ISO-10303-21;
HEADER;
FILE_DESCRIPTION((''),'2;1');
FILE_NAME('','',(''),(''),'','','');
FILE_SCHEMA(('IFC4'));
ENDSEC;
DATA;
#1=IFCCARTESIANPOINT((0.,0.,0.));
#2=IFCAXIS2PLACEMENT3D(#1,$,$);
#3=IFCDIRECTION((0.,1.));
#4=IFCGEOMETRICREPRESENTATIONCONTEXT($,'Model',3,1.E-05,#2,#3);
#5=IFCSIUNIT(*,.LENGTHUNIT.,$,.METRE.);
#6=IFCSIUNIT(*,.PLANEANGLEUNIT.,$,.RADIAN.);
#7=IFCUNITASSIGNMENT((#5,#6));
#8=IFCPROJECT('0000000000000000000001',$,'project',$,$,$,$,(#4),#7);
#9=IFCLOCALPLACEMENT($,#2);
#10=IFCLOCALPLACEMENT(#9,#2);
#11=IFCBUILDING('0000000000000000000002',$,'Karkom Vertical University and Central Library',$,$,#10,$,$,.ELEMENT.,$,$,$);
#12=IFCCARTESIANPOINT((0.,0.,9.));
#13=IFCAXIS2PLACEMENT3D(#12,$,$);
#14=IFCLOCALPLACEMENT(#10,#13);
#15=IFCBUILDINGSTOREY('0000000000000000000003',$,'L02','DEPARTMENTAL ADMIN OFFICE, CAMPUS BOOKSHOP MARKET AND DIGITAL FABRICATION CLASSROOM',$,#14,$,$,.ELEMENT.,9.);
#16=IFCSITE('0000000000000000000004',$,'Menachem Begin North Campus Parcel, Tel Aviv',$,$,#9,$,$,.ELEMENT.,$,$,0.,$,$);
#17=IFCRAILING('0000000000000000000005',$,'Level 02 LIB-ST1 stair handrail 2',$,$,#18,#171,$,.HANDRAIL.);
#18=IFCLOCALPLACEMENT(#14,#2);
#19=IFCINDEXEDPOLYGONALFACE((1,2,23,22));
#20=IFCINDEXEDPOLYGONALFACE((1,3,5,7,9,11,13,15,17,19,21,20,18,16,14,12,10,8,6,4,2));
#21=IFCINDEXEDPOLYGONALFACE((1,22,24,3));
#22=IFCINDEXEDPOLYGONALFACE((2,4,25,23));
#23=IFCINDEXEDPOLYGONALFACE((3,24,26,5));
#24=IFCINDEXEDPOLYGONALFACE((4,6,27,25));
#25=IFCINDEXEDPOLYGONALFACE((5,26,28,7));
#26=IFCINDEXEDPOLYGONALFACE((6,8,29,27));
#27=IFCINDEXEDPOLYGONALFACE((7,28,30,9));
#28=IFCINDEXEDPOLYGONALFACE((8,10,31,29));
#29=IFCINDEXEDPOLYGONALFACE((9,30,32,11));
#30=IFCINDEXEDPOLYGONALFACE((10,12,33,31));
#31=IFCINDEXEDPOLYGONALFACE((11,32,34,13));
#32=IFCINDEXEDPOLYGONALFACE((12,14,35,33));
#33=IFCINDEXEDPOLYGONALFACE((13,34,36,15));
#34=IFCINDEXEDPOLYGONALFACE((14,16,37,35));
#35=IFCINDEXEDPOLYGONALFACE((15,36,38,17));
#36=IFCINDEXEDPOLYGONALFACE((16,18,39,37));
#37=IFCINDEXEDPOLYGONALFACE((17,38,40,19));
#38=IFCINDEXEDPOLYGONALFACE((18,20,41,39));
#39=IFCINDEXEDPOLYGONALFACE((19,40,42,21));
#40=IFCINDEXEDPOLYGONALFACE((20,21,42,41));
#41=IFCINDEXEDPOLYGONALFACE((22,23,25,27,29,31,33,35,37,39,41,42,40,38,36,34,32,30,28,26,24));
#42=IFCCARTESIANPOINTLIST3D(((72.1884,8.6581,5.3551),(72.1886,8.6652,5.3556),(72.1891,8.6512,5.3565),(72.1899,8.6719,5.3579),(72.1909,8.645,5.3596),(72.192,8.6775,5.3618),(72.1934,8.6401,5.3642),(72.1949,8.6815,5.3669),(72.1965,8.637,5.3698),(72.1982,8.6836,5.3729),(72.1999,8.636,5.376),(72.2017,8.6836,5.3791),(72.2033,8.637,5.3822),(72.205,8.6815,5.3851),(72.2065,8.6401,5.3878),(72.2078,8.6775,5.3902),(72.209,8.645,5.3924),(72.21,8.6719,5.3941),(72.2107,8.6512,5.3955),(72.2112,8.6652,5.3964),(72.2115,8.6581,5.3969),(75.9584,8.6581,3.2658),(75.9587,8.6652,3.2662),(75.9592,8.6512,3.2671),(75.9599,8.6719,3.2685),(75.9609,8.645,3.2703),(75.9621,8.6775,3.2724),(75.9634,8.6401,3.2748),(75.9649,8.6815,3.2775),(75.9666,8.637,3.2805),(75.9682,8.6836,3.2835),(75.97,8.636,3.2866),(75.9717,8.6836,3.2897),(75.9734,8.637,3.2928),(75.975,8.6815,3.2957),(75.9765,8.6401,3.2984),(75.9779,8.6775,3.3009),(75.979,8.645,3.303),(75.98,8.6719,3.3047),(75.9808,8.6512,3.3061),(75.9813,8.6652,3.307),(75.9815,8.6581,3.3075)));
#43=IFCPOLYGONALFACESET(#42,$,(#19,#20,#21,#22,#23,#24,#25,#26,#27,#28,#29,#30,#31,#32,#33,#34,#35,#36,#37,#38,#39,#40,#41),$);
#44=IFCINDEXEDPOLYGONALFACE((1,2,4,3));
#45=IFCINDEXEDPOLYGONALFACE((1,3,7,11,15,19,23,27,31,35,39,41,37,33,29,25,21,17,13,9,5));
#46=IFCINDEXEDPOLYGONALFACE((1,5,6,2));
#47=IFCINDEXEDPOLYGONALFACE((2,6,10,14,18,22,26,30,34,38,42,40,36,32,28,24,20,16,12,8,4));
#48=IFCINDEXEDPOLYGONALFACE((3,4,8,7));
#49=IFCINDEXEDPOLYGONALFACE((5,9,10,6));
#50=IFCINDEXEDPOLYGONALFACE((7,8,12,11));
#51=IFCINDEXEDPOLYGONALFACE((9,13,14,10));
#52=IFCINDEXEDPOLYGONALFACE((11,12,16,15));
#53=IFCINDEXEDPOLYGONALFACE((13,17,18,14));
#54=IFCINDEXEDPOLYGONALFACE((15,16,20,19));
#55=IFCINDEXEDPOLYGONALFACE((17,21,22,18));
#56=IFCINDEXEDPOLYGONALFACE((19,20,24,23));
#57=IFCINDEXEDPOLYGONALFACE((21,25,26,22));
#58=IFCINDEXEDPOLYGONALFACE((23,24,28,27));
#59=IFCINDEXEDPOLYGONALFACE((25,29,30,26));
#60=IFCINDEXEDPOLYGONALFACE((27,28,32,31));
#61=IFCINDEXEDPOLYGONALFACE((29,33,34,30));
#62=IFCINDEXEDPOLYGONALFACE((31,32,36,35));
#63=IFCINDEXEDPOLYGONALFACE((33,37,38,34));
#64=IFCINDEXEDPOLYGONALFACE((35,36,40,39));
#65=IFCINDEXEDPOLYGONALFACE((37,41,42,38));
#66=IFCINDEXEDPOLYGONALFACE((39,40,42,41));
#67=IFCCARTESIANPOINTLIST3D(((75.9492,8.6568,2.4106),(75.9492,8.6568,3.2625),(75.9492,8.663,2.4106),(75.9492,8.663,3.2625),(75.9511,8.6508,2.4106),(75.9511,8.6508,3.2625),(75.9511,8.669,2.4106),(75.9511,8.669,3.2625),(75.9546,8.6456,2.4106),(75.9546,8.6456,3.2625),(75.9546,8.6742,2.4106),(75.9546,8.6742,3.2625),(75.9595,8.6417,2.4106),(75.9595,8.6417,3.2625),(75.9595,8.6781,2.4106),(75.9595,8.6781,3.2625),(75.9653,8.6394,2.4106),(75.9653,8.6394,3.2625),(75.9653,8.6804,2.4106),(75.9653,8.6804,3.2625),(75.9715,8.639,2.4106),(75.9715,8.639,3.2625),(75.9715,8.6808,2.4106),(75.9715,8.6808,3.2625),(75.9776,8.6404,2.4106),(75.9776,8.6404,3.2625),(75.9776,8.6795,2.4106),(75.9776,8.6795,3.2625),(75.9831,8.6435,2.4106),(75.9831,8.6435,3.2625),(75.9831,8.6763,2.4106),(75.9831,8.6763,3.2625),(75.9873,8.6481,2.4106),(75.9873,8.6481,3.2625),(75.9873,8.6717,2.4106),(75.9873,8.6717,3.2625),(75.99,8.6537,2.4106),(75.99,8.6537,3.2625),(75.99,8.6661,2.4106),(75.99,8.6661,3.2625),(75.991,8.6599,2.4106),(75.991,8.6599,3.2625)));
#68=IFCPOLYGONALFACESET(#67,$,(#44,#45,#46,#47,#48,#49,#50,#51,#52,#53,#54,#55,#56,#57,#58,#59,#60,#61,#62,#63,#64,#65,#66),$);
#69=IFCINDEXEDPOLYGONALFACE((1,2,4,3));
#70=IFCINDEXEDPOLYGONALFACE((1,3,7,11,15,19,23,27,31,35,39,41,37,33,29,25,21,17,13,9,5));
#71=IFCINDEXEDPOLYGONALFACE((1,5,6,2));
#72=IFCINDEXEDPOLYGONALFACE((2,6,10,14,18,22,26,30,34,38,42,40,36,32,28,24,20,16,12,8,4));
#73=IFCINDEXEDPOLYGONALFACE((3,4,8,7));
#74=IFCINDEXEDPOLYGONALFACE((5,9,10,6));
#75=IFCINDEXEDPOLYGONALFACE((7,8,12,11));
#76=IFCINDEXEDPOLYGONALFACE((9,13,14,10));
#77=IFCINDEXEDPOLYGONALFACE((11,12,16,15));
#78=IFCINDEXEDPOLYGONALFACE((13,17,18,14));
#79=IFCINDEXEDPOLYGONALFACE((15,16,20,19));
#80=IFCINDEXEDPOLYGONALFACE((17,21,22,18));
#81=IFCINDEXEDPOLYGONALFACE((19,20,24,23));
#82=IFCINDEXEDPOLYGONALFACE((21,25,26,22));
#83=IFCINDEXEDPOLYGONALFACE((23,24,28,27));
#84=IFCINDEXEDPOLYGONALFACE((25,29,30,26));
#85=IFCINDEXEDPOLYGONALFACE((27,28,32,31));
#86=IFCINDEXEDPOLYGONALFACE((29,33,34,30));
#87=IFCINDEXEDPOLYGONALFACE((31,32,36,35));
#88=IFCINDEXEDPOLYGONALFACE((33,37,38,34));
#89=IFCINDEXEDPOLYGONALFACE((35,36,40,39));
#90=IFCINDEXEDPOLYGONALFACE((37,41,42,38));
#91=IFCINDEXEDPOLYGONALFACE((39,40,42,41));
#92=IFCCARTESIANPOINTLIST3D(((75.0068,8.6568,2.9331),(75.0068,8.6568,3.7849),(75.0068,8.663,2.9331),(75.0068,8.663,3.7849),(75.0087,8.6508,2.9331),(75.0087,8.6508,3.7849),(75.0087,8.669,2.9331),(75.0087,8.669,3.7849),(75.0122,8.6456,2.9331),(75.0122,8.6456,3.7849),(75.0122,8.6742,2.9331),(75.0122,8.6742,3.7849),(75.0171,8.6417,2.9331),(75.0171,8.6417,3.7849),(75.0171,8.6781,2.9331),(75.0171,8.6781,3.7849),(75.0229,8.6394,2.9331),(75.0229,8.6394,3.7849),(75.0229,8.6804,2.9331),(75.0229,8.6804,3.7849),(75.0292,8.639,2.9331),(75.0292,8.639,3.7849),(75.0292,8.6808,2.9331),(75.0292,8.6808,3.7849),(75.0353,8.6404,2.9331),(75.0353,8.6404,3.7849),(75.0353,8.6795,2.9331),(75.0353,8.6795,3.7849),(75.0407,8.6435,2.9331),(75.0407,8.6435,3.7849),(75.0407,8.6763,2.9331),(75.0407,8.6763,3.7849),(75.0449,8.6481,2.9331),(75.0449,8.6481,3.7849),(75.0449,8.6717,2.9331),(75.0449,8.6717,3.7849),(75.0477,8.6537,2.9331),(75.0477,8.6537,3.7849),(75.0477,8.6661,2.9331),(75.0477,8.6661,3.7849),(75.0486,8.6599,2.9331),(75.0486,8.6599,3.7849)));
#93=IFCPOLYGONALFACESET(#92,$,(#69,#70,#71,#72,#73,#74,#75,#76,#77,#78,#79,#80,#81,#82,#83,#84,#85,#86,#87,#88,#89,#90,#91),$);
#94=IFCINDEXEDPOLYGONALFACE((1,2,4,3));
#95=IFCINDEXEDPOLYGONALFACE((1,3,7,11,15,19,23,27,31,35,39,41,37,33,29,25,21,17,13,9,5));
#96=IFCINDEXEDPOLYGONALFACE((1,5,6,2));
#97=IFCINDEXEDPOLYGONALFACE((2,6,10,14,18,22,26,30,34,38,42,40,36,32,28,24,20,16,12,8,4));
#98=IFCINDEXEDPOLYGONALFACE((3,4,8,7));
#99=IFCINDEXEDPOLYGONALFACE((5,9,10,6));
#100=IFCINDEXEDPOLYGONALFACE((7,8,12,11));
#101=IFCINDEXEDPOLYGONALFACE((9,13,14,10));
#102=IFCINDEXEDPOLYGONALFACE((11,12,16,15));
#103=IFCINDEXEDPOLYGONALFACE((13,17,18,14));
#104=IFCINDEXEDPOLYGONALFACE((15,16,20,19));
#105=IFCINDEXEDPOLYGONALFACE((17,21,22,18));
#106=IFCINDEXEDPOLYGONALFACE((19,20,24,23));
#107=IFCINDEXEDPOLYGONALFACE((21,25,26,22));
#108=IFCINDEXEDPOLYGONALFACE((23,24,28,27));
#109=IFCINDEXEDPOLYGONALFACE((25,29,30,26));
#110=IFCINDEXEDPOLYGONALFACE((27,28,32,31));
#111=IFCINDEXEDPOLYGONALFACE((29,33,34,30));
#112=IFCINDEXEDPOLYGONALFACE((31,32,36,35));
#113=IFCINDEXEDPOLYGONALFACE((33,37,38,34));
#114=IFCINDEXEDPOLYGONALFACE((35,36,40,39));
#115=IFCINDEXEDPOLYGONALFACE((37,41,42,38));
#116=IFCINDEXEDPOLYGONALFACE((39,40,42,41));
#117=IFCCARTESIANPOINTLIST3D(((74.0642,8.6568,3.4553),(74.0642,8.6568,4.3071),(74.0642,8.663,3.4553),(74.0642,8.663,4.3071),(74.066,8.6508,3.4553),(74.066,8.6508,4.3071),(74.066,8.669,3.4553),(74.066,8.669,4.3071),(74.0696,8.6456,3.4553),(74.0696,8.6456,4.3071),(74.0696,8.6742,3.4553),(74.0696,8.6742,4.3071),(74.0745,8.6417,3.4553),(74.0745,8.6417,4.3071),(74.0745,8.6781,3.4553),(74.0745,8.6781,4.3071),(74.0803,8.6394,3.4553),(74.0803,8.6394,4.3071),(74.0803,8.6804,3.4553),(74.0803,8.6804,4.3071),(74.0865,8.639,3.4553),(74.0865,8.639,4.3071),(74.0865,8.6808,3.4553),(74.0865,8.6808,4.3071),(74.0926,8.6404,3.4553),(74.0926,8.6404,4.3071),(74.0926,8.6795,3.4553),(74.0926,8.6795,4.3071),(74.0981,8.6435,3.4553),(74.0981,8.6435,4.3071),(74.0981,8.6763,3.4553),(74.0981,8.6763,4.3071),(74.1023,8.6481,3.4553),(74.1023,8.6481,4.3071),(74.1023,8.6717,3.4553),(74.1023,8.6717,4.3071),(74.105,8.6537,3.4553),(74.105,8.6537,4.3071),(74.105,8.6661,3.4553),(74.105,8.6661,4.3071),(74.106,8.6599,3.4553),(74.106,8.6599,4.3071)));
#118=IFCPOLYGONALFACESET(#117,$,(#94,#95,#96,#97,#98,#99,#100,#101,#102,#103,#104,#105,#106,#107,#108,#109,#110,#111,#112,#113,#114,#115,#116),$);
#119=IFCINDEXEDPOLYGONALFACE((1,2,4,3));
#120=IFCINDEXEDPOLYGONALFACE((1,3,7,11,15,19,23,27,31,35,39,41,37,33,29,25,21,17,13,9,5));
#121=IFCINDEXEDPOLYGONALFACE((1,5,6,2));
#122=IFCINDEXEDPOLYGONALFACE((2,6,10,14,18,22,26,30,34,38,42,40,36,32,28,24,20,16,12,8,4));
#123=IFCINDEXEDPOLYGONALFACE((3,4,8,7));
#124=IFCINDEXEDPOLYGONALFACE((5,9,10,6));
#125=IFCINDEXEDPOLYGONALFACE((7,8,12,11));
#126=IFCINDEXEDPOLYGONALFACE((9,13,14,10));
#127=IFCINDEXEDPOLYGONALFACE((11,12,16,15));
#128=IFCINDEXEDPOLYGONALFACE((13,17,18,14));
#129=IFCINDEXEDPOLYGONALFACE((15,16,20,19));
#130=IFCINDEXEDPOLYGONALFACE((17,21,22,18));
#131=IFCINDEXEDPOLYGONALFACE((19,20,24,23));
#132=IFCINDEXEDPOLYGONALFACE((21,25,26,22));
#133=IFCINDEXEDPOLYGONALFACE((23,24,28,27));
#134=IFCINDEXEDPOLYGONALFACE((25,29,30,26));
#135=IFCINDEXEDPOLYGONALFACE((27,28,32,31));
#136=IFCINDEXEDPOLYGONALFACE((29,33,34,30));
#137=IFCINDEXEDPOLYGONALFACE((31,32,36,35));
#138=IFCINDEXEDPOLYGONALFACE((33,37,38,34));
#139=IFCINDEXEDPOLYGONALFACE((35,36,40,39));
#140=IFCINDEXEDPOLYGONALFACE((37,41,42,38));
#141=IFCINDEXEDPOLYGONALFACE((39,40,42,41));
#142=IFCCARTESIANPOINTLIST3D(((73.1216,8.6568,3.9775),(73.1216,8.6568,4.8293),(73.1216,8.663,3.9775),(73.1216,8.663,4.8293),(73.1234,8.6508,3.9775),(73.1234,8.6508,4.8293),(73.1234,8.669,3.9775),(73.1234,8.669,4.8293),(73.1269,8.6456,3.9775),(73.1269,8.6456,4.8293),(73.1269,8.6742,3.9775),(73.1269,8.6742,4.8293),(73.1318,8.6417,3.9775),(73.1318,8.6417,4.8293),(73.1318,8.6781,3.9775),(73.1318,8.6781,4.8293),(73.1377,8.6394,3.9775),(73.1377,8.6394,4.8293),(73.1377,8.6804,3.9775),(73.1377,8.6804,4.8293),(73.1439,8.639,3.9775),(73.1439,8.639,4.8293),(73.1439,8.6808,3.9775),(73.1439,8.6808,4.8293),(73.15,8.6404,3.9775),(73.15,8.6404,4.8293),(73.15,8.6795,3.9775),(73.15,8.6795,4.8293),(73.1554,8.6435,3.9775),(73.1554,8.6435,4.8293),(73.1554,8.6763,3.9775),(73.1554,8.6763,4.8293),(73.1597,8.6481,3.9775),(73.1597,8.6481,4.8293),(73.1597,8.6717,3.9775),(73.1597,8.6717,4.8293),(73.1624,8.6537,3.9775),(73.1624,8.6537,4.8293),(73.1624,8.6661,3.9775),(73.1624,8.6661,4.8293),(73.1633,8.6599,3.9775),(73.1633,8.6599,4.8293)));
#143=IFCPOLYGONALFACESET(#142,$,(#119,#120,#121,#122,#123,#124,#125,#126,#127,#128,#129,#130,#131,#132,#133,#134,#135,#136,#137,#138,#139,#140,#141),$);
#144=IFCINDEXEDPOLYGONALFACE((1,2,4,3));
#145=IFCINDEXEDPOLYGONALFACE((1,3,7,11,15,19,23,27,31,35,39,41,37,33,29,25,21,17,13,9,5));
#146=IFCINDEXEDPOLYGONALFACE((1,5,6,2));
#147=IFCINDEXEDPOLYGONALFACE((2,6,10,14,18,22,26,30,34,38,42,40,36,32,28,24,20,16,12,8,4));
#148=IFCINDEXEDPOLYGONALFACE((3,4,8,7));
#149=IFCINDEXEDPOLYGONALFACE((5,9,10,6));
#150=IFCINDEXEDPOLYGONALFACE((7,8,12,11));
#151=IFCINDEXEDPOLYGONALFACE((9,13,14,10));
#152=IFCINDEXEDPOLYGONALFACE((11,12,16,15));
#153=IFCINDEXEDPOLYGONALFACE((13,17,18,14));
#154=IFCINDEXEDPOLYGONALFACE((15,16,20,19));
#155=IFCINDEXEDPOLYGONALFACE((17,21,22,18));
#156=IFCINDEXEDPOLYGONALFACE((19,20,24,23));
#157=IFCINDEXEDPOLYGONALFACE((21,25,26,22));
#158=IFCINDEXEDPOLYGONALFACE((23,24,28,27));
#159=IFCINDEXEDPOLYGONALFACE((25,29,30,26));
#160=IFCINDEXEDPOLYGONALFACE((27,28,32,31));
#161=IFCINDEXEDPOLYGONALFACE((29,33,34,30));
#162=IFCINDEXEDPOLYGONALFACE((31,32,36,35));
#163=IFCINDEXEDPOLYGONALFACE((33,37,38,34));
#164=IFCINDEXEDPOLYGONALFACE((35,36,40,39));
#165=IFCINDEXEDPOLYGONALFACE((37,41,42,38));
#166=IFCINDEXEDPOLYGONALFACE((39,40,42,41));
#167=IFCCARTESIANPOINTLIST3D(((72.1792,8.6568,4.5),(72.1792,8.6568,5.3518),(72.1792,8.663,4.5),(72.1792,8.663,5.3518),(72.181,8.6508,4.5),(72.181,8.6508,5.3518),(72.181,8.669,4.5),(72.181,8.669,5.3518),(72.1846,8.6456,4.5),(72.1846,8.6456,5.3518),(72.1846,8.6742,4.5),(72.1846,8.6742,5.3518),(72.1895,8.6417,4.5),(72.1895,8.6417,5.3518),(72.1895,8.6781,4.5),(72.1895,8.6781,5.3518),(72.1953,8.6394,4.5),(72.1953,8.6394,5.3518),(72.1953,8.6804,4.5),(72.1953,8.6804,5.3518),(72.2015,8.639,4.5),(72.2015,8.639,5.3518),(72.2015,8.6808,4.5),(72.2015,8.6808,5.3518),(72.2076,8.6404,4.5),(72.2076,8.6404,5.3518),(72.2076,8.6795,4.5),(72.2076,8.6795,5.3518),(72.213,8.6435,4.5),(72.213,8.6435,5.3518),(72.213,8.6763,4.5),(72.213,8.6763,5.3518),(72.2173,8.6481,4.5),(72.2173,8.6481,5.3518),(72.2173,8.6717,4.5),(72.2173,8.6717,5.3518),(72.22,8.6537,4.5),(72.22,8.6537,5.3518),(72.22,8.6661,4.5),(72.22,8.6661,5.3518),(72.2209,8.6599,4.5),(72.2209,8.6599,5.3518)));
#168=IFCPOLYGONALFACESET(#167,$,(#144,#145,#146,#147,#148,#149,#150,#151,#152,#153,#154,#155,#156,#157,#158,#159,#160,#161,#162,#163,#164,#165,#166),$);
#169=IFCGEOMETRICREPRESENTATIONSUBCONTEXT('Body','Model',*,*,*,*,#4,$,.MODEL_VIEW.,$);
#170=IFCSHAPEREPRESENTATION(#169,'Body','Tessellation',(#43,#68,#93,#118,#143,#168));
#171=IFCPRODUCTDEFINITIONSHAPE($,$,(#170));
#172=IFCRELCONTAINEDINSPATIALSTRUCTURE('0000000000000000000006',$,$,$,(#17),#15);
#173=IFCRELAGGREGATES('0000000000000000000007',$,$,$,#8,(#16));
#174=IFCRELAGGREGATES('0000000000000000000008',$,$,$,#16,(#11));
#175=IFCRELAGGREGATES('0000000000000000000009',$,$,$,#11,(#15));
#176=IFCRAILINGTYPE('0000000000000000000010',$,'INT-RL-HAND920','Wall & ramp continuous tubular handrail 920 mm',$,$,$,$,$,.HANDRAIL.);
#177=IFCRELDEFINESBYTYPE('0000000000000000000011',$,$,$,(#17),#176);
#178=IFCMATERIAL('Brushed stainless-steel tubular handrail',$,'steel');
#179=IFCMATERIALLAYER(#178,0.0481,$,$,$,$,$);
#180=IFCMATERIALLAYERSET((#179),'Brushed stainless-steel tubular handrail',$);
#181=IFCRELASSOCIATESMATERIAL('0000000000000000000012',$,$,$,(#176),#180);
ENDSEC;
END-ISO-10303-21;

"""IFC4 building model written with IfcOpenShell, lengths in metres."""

from ifc_helpers import new_model, si_unit, direction, frame, origin, origin_2d, place, context, subcontext, project, spatial, circle, extrude, material, layer, layer_set, type_object, element, save


model = new_model("IFC4")

# Units and contexts
model_context = context("Model", 3, precision=1e-05, world=origin(), true_north=direction((0.0, 1.0)))
body_context = subcontext(model_context, "Body", "Model", "MODEL_VIEW")
ifc_project = project(units=[si_unit("LENGTHUNIT", "METRE"), si_unit("PLANEANGLEUNIT", "RADIAN")], contexts=[model_context])

# Site, building, storey
site_placement = place(None, origin())
site = spatial("IfcSite", under=ifc_project, at=site_placement, Name="Menachem Begin North Campus Parcel, Tel Aviv", CompositionType="ELEMENT", RefElevation=0.0)
building_placement = place(site_placement, origin())
building = spatial("IfcBuilding", under=site, at=building_placement, Name="Karkom Vertical University and Central Library", CompositionType="ELEMENT")
storey_placement = place(building_placement, frame((0.0, 0.0, 9.0)))
storey = spatial("IfcBuildingStorey", under=building, at=storey_placement, Name="L02", Description="DEPARTMENTAL ADMIN OFFICE, CAMPUS BOOKSHOP MARKET AND DIGITAL FABRICATION CLASSROOM", CompositionType="ELEMENT", Elevation=9.0)

# Railing
ifc_material_1 = material(Name="Brushed stainless-steel tubular handrail", Category="steel")
ifc_layer_1 = layer(ifc_material_1, 0.0481)
ifc_layer_set_1 = layer_set([ifc_layer_1], Name="Brushed stainless-steel tubular handrail")
railing_type = type_object("IfcRailingType", Name="INT-RL-HAND920", Description="Wall & ramp continuous tubular handrail 920 mm", PredefinedType="HANDRAIL", material=ifc_layer_set_1)
railing_placement = place(storey_placement, frame((75.97, 8.6599, 2.4106)))
element("IfcRailing", 1, at=railing_placement, inside=storey, type_object=railing_type, Name="Level 02 LIB-ST1 stair handrail 2", PredefinedType="HANDRAIL", context=body_context, shape_type="SweptSolid", body=[
    extrude(circle(Radius=0.0239, at=origin_2d()), frame((0.0, 0.0, 0.876), z_axis=(-0.874659, 0.0, 0.484739), x_axis=(0.0, -1.0, 0.0)), (0.0, 0.0, 1.0), 4.3103),
    extrude(circle(Radius=0.021, at=origin_2d()), origin(), (0.0, 0.0, 1.0), 0.8518),
    extrude(circle(Radius=0.021, at=origin_2d()), frame((-0.9424, 0.0, 0.5225)), (0.0, 0.0, 1.0), 0.8518),
    extrude(circle(Radius=0.021, at=origin_2d()), frame((-1.885, 0.0, 1.0447)), (0.0, 0.0, 1.0), 0.8518),
    extrude(circle(Radius=0.021, at=origin_2d()), frame((-2.8276, 0.0, 1.5669)), (0.0, 0.0, 1.0), 0.8518),
    extrude(circle(Radius=0.021, at=origin_2d()), frame((-3.77, 0.0, 2.0894)), (0.0, 0.0, 1.0), 0.8518),
])

save(model, "model.ifc")
